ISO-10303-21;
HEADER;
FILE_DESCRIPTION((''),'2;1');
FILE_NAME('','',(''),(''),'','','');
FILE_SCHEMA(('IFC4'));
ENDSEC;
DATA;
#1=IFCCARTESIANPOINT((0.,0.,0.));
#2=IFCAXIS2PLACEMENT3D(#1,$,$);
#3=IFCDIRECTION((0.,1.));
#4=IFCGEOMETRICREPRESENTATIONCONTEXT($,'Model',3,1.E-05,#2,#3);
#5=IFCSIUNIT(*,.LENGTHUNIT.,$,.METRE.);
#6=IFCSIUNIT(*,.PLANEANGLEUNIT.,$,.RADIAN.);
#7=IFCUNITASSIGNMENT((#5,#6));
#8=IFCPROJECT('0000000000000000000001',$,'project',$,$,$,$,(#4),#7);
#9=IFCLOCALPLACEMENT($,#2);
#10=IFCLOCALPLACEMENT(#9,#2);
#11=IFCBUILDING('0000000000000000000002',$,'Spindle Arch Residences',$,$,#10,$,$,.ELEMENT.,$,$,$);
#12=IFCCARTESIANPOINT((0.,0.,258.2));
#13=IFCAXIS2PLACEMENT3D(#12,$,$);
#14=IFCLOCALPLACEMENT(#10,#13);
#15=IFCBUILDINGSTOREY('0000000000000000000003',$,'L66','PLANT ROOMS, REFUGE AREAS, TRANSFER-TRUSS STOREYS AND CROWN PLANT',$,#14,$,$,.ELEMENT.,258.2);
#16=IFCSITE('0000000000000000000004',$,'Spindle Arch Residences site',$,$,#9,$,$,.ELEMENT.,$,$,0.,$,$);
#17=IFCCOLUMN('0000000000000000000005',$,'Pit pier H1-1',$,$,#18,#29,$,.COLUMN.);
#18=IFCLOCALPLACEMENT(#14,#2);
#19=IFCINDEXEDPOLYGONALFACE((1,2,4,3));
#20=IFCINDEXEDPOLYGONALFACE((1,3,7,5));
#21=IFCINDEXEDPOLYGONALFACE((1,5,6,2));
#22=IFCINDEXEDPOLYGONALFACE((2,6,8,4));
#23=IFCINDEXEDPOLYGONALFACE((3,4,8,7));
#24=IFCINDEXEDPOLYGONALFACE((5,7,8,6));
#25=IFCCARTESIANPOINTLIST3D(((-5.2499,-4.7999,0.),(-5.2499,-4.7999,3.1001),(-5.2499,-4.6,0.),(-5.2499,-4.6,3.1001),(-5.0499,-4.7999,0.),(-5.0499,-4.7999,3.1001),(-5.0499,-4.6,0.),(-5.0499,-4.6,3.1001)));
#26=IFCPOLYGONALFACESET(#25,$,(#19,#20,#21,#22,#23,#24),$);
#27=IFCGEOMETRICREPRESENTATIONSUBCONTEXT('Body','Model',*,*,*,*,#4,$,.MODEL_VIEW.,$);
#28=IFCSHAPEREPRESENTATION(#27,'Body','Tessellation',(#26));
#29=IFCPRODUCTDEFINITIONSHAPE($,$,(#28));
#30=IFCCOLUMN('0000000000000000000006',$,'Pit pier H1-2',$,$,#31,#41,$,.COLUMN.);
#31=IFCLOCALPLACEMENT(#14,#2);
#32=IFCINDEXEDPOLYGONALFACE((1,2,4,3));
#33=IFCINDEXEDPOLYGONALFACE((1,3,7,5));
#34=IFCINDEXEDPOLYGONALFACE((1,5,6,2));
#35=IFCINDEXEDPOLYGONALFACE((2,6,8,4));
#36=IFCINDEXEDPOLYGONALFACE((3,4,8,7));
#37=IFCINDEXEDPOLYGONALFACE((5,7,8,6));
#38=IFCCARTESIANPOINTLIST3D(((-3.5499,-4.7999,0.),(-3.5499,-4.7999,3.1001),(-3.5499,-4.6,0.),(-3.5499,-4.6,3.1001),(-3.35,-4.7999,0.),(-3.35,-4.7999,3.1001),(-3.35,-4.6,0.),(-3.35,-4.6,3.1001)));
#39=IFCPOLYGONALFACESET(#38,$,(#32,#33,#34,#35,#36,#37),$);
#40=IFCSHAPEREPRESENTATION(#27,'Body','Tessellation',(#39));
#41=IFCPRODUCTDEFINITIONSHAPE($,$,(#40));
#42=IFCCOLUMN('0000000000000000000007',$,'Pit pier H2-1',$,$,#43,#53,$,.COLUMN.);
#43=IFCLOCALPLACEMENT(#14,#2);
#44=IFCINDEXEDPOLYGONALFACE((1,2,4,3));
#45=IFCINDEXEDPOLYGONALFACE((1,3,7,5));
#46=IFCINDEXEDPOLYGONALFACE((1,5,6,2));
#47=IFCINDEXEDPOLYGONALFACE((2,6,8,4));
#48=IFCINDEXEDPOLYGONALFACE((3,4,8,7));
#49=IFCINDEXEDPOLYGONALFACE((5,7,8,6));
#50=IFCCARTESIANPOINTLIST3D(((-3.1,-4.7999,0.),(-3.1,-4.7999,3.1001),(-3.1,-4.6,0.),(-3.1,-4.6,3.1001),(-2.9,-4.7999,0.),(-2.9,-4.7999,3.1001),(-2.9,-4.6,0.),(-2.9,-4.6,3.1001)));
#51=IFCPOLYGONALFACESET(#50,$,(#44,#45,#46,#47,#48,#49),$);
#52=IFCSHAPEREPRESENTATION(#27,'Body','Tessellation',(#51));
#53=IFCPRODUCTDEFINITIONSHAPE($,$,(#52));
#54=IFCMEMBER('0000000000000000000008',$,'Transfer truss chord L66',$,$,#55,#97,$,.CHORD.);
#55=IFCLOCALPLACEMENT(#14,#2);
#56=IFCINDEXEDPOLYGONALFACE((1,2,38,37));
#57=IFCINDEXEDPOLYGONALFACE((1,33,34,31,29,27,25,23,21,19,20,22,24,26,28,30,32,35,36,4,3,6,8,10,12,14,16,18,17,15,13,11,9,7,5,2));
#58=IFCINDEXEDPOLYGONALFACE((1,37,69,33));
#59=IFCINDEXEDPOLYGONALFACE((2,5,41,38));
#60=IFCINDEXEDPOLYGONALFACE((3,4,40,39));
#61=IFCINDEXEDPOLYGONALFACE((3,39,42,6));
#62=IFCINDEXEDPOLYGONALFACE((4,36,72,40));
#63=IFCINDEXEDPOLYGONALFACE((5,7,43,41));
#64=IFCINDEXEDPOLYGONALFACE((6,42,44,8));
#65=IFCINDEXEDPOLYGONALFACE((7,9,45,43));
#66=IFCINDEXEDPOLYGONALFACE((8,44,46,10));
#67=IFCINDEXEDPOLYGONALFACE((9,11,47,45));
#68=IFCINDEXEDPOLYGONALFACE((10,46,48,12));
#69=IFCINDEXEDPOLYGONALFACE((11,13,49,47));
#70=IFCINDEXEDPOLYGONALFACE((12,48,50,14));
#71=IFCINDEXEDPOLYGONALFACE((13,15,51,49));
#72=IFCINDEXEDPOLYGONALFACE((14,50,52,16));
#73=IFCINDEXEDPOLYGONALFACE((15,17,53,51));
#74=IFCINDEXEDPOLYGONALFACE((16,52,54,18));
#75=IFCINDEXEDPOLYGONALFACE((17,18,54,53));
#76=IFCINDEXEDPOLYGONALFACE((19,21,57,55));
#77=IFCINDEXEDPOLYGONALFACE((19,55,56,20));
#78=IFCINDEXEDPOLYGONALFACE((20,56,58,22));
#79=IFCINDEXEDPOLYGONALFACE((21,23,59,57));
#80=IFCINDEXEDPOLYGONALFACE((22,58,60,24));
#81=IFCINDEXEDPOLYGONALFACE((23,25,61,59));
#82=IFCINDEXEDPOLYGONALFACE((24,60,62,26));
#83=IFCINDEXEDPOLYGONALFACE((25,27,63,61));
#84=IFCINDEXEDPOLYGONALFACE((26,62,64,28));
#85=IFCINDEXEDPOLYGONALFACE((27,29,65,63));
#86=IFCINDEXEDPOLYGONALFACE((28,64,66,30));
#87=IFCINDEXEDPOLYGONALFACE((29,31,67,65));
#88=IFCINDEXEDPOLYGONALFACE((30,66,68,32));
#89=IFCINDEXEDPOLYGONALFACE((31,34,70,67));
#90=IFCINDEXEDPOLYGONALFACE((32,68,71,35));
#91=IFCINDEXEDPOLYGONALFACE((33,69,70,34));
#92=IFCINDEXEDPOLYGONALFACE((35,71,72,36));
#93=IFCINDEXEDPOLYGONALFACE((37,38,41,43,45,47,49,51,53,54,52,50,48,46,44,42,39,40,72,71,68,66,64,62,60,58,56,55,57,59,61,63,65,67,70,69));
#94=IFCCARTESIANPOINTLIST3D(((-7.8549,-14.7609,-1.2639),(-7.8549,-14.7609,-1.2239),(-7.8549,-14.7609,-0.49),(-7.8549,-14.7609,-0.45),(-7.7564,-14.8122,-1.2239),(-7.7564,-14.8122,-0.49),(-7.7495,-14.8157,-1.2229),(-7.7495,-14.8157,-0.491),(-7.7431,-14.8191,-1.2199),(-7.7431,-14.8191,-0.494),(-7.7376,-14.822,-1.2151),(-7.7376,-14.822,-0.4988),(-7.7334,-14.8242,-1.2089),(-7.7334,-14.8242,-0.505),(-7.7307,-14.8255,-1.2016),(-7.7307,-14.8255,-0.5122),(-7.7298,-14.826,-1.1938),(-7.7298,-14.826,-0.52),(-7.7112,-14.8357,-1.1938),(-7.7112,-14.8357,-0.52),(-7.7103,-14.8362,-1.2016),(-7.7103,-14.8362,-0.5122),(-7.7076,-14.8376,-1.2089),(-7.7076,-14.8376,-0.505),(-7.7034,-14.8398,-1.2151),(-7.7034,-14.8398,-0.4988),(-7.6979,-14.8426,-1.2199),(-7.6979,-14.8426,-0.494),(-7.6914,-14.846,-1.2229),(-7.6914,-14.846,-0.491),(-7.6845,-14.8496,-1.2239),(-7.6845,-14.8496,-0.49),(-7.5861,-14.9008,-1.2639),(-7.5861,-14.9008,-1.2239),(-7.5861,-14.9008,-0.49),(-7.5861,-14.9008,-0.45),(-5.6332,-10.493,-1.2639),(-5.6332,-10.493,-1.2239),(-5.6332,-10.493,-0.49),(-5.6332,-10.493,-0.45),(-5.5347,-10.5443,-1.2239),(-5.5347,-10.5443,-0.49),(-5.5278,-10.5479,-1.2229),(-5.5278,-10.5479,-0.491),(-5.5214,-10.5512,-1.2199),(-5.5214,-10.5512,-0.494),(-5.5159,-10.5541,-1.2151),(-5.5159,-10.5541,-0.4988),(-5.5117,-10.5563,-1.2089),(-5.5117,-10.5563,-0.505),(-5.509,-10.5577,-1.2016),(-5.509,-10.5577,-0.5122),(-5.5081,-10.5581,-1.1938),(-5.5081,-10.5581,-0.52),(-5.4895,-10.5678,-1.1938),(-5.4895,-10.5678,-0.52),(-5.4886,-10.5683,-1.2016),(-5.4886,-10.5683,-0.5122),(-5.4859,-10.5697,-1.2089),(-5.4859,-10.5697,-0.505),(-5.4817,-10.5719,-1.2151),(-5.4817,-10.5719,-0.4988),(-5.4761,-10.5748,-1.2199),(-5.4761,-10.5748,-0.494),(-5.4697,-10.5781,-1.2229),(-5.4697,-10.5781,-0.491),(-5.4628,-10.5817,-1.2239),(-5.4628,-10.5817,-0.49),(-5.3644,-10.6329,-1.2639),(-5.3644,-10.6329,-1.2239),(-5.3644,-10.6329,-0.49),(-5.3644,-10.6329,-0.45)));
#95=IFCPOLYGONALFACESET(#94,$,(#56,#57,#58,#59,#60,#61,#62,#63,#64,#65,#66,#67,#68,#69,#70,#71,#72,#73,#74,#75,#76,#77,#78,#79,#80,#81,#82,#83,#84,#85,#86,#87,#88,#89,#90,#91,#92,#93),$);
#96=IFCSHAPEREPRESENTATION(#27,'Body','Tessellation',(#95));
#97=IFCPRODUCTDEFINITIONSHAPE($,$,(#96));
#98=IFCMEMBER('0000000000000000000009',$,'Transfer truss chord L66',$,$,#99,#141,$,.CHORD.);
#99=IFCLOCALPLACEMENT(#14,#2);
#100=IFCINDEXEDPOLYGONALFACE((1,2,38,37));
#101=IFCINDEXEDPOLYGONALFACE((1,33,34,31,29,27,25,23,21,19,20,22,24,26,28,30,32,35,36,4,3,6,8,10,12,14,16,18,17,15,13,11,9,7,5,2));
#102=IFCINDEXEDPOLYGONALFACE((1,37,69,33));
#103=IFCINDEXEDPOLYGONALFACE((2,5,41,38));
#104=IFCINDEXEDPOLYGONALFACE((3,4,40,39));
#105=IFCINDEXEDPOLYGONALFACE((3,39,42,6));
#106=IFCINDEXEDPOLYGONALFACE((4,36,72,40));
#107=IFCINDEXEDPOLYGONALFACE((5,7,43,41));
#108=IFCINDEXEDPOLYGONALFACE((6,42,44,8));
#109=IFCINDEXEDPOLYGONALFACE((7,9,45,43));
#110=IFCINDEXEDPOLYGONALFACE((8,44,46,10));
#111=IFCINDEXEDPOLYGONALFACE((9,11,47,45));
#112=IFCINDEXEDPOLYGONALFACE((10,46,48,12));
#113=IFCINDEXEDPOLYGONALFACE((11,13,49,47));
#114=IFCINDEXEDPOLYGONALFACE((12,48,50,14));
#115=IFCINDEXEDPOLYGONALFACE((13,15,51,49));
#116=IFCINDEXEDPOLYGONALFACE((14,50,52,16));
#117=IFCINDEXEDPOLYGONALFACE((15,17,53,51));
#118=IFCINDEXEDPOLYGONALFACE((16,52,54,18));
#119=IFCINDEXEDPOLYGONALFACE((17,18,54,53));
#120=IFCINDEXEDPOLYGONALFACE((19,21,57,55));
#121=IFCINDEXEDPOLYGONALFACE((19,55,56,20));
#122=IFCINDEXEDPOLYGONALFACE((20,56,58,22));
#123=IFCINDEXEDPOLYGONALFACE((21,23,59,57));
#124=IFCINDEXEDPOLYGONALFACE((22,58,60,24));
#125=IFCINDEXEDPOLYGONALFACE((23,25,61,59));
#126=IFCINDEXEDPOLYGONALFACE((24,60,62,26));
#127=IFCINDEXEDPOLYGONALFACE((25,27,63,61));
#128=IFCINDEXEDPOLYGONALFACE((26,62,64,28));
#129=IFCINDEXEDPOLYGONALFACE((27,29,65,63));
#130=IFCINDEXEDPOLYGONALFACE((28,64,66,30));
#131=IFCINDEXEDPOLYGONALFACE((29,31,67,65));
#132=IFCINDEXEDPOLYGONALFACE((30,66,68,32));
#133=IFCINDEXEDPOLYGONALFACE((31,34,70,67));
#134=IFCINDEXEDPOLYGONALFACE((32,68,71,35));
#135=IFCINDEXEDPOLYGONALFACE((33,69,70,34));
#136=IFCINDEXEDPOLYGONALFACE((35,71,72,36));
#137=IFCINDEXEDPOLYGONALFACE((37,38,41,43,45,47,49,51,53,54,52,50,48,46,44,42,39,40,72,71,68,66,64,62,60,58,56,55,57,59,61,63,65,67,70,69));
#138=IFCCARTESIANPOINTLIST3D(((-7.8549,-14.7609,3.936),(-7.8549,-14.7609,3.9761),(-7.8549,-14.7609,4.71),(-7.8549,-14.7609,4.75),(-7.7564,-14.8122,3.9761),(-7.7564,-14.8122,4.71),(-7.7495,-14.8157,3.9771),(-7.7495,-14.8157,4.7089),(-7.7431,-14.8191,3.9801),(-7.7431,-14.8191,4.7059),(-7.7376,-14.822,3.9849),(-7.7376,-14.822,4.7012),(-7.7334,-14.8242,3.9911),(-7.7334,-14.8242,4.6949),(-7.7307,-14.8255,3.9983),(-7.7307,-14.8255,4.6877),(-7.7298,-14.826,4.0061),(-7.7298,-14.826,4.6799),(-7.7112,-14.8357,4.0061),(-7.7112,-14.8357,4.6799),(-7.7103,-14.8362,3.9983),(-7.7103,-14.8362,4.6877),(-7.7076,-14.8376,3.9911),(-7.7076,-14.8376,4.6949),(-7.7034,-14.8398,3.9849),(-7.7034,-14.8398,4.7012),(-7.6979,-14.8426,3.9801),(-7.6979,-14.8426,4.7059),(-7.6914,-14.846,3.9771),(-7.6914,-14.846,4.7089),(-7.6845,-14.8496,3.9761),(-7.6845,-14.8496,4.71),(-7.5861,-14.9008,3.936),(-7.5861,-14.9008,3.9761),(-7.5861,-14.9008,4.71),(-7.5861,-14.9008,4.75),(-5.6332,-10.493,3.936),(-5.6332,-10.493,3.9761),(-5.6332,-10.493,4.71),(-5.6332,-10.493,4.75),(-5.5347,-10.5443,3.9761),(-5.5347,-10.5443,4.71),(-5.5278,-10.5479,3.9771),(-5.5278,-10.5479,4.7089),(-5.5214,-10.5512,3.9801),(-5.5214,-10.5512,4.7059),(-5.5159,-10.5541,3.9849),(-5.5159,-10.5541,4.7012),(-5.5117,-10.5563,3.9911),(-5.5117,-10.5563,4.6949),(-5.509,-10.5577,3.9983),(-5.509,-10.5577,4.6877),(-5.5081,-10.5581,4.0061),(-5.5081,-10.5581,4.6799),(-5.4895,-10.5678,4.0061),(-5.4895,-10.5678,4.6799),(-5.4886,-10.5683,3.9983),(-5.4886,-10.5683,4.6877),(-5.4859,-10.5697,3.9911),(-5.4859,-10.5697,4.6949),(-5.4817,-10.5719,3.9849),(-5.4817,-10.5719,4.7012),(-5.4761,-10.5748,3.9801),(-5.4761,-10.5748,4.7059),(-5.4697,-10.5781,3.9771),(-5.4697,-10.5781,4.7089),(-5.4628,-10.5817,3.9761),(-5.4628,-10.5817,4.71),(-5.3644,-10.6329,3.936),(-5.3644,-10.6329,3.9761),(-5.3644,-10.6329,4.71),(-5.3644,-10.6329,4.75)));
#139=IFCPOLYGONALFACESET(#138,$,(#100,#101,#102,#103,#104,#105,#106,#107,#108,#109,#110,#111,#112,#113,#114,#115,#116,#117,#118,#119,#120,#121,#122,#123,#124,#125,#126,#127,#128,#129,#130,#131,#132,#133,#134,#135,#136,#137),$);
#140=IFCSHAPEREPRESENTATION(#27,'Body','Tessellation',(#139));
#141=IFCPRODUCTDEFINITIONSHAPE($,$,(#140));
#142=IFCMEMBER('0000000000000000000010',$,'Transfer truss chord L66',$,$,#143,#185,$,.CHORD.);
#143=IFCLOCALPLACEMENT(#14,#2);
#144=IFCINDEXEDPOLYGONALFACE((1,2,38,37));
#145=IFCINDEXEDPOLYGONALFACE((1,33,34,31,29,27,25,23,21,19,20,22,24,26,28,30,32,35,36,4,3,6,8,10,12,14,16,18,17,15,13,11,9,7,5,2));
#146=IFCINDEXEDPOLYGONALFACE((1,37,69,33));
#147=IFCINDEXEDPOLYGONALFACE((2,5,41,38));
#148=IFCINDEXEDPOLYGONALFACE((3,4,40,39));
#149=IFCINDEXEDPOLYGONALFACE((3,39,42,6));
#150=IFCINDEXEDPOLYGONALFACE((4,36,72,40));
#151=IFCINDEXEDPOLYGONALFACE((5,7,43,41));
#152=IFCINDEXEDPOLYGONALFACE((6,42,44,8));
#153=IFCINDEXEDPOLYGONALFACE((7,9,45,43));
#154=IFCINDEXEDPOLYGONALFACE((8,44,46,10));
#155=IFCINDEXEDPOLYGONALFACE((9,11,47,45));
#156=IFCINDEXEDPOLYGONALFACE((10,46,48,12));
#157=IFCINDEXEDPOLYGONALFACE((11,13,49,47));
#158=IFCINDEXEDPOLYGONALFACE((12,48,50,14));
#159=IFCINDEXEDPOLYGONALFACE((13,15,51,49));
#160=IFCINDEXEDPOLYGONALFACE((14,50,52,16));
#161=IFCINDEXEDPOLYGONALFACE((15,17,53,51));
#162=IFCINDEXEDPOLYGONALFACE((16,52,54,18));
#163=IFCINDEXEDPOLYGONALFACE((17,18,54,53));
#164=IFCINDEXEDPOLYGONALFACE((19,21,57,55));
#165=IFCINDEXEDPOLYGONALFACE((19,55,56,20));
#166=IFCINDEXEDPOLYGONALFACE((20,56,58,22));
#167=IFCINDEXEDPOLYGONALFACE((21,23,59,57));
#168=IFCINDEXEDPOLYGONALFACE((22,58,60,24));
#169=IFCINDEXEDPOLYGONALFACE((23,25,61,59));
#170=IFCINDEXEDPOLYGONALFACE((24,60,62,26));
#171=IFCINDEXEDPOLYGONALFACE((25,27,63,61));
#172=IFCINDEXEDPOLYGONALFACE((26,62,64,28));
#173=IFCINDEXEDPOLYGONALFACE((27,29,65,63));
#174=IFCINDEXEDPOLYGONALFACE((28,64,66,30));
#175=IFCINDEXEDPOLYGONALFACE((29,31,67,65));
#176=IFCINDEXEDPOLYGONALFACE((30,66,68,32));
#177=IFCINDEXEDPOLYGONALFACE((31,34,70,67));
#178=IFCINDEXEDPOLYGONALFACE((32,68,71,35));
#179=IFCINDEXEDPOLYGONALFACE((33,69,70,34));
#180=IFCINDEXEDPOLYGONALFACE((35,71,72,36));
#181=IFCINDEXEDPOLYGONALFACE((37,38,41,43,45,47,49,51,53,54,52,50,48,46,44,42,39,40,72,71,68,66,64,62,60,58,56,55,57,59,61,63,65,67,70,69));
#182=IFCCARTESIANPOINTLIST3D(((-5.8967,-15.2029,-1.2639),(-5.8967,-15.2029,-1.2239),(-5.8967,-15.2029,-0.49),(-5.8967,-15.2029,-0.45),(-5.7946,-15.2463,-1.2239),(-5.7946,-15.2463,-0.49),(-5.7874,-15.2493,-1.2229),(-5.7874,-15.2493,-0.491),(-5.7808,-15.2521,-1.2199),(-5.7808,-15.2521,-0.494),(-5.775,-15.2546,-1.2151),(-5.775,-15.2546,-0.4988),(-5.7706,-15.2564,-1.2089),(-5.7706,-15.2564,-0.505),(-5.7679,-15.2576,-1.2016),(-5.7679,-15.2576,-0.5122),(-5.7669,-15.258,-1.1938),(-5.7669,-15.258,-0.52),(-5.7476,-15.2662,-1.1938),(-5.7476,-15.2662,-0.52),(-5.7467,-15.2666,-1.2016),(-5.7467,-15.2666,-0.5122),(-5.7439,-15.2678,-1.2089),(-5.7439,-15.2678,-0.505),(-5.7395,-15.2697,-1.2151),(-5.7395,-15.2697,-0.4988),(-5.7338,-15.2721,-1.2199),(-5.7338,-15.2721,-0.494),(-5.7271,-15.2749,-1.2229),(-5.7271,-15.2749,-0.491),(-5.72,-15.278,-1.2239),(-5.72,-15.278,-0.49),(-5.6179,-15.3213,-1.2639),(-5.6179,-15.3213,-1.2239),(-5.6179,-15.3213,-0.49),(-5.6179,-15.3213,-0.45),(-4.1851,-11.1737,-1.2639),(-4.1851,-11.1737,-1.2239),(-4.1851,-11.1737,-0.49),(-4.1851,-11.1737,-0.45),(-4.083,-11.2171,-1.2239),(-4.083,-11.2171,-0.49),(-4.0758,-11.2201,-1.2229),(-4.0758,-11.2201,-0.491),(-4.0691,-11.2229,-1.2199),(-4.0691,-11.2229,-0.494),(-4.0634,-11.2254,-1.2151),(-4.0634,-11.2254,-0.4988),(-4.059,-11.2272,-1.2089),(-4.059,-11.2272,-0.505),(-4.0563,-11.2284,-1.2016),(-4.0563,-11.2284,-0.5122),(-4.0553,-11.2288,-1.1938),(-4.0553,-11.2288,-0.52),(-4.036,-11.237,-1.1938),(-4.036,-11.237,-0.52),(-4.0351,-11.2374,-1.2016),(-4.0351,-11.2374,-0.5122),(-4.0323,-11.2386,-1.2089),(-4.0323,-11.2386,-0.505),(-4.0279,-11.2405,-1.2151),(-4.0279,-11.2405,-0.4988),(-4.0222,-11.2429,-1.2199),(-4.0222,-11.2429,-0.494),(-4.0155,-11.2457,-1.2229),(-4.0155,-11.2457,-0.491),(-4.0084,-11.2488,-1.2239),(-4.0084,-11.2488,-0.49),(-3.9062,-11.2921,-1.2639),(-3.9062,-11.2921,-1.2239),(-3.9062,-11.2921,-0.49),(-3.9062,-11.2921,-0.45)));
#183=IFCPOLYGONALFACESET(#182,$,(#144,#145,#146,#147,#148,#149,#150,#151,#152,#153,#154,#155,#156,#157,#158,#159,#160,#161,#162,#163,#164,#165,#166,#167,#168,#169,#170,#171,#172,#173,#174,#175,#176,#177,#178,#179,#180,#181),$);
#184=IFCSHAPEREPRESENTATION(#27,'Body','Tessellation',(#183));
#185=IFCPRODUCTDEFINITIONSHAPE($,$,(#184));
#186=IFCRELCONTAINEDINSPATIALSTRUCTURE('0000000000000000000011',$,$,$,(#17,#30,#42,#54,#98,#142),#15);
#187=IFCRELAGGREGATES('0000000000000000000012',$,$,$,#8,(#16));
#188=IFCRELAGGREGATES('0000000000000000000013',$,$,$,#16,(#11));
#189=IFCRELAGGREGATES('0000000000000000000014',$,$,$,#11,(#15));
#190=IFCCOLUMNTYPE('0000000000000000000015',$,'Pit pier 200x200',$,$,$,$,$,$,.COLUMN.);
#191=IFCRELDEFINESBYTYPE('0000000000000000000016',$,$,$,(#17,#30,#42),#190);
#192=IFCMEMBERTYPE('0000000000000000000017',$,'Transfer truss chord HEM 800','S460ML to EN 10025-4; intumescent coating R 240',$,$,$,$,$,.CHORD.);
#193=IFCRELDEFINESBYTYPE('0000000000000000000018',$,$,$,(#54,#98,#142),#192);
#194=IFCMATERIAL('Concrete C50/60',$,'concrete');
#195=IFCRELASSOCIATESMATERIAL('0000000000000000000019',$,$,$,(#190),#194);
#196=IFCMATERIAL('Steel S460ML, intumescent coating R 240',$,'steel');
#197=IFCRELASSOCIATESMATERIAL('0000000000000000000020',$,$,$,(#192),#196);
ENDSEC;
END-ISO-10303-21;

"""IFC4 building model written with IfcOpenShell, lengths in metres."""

from ifc_helpers import new_model, si_unit, direction, frame, origin, origin_2d, place, context, subcontext, project, spatial, rectangle, i_section, extrude, material, material_profile, profile_set, type_object, element, save


model = new_model("IFC4")

# Units and contexts
model_context = context("Model", 3, precision=1e-05, world=origin(), true_north=direction((0.0, 1.0)))
body_context = subcontext(model_context, "Body", "Model", "MODEL_VIEW")
ifc_project = project(units=[si_unit("LENGTHUNIT", "METRE"), si_unit("PLANEANGLEUNIT", "RADIAN")], contexts=[model_context])

# Site, building, storey
site_placement = place(None, origin())
site = spatial("IfcSite", under=ifc_project, at=site_placement, Name="Spindle Arch Residences site", CompositionType="ELEMENT", RefElevation=0.0)
building_placement = place(site_placement, origin())
building = spatial("IfcBuilding", under=site, at=building_placement, Name="Spindle Arch Residences", CompositionType="ELEMENT")
storey_placement = place(building_placement, frame((0.0, 0.0, 258.2)))
storey = spatial("IfcBuildingStorey", under=building, at=storey_placement, Name="L66", Description="PLANT ROOMS, REFUGE AREAS, TRANSFER-TRUSS STOREYS AND CROWN PLANT", CompositionType="ELEMENT", Elevation=258.2)

# Columns
ifc_material_1 = material(Name="Concrete C50/60", Category="concrete")
ifc_material_profile_1 = material_profile(ifc_material_1, rectangle(XDim=0.2, YDim=0.2, at=origin_2d()), Name="RC 200x200")
ifc_profile_set_1 = profile_set([ifc_material_profile_1], Name="Concrete C50/60")
column_type = type_object("IfcColumnType", Name="Pit pier 200x200", PredefinedType="COLUMN", material=ifc_profile_set_1)
for number, where, z_axis, x_axis, name in (
    (1, (-5.1499, -4.7, 0.0), (0.0, 0.0, 1.0), (1.0, 0.0, 0.0), "Pit pier H1-1"),
    (2, (-3.45, -4.7, 0.0), (0.0, 0.0, 1.0), (1.0, 0.0, 0.0), "Pit pier H1-2"),
    (3, (-3.0, -4.7, 0.0), (0.0, 0.0, 1.0), (1.0, 0.0, 0.0), "Pit pier H2-1"),
):
    element("IfcColumn", number, at=place(storey_placement, frame(where, z_axis=z_axis, x_axis=x_axis)), inside=storey, type_object=column_type, Name=name, PredefinedType="COLUMN", context=body_context, shape_type="SweptSolid", body=[
        extrude(rectangle(XDim=0.2, YDim=0.2, at=origin_2d()), origin(), (0.0, 0.0, 1.0), 3.1001),
    ])

# Members
ifc_material_2 = material(Name="Steel S460ML, intumescent coating R 240", Category="steel")
ifc_material_profile_2 = material_profile(ifc_material_2, i_section(OverallWidth=0.303, OverallDepth=0.814, WebThickness=0.021, FlangeThickness=0.04, FilletRadius=0.03, at=origin_2d()), Name="HEM 800")
ifc_profile_set_2 = profile_set([ifc_material_profile_2], Name="Steel S460ML, intumescent coating R 240")
member_type = type_object("IfcMemberType", Name="Transfer truss chord HEM 800", Description="S460ML to EN 10025-4; intumescent coating R 240", PredefinedType="CHORD", material=ifc_profile_set_2)
for number, where, z_axis, x_axis, name in (
    (4, (-5.4988, -10.563, -0.8569), (-0.461747, -0.887012, 0.0), (0.887012, -0.461747, 0.0), "Transfer truss chord L66"),
    (5, (-5.4988, -10.563, 4.343), (-0.461747, -0.887012, 0.0), (0.887012, -0.461747, 0.0), "Transfer truss chord L66"),
):
    element("IfcMember", number, at=place(storey_placement, frame(where, z_axis=z_axis, x_axis=x_axis)), inside=storey, type_object=member_type, Name=name, PredefinedType="CHORD", context=body_context, shape_type="SweptSolid", body=[
        extrude(i_section(OverallWidth=0.303, OverallDepth=0.814, WebThickness=0.021, FlangeThickness=0.04, FilletRadius=0.03, at=origin_2d()), origin(), (0.0, 0.0, 1.0), 4.8115),
    ])
for number, where, z_axis, x_axis, name in (
    (6, (-4.0457, -11.2329, -0.8569), (-0.390989, -0.920395, 0.0), (0.920395, -0.390989, 0.0), "Transfer truss chord L66"),
):
    element("IfcMember", number, at=place(storey_placement, frame(where, z_axis=z_axis, x_axis=x_axis)), inside=storey, type_object=member_type, Name=name, PredefinedType="CHORD", context=body_context, shape_type="SweptSolid", body=[
        extrude(i_section(OverallWidth=0.303, OverallDepth=0.814, WebThickness=0.021, FlangeThickness=0.04, FilletRadius=0.03, at=origin_2d()), origin(), (0.0, 0.0, 1.0), 4.3777),
    ])

save(model, "model.ifc")
